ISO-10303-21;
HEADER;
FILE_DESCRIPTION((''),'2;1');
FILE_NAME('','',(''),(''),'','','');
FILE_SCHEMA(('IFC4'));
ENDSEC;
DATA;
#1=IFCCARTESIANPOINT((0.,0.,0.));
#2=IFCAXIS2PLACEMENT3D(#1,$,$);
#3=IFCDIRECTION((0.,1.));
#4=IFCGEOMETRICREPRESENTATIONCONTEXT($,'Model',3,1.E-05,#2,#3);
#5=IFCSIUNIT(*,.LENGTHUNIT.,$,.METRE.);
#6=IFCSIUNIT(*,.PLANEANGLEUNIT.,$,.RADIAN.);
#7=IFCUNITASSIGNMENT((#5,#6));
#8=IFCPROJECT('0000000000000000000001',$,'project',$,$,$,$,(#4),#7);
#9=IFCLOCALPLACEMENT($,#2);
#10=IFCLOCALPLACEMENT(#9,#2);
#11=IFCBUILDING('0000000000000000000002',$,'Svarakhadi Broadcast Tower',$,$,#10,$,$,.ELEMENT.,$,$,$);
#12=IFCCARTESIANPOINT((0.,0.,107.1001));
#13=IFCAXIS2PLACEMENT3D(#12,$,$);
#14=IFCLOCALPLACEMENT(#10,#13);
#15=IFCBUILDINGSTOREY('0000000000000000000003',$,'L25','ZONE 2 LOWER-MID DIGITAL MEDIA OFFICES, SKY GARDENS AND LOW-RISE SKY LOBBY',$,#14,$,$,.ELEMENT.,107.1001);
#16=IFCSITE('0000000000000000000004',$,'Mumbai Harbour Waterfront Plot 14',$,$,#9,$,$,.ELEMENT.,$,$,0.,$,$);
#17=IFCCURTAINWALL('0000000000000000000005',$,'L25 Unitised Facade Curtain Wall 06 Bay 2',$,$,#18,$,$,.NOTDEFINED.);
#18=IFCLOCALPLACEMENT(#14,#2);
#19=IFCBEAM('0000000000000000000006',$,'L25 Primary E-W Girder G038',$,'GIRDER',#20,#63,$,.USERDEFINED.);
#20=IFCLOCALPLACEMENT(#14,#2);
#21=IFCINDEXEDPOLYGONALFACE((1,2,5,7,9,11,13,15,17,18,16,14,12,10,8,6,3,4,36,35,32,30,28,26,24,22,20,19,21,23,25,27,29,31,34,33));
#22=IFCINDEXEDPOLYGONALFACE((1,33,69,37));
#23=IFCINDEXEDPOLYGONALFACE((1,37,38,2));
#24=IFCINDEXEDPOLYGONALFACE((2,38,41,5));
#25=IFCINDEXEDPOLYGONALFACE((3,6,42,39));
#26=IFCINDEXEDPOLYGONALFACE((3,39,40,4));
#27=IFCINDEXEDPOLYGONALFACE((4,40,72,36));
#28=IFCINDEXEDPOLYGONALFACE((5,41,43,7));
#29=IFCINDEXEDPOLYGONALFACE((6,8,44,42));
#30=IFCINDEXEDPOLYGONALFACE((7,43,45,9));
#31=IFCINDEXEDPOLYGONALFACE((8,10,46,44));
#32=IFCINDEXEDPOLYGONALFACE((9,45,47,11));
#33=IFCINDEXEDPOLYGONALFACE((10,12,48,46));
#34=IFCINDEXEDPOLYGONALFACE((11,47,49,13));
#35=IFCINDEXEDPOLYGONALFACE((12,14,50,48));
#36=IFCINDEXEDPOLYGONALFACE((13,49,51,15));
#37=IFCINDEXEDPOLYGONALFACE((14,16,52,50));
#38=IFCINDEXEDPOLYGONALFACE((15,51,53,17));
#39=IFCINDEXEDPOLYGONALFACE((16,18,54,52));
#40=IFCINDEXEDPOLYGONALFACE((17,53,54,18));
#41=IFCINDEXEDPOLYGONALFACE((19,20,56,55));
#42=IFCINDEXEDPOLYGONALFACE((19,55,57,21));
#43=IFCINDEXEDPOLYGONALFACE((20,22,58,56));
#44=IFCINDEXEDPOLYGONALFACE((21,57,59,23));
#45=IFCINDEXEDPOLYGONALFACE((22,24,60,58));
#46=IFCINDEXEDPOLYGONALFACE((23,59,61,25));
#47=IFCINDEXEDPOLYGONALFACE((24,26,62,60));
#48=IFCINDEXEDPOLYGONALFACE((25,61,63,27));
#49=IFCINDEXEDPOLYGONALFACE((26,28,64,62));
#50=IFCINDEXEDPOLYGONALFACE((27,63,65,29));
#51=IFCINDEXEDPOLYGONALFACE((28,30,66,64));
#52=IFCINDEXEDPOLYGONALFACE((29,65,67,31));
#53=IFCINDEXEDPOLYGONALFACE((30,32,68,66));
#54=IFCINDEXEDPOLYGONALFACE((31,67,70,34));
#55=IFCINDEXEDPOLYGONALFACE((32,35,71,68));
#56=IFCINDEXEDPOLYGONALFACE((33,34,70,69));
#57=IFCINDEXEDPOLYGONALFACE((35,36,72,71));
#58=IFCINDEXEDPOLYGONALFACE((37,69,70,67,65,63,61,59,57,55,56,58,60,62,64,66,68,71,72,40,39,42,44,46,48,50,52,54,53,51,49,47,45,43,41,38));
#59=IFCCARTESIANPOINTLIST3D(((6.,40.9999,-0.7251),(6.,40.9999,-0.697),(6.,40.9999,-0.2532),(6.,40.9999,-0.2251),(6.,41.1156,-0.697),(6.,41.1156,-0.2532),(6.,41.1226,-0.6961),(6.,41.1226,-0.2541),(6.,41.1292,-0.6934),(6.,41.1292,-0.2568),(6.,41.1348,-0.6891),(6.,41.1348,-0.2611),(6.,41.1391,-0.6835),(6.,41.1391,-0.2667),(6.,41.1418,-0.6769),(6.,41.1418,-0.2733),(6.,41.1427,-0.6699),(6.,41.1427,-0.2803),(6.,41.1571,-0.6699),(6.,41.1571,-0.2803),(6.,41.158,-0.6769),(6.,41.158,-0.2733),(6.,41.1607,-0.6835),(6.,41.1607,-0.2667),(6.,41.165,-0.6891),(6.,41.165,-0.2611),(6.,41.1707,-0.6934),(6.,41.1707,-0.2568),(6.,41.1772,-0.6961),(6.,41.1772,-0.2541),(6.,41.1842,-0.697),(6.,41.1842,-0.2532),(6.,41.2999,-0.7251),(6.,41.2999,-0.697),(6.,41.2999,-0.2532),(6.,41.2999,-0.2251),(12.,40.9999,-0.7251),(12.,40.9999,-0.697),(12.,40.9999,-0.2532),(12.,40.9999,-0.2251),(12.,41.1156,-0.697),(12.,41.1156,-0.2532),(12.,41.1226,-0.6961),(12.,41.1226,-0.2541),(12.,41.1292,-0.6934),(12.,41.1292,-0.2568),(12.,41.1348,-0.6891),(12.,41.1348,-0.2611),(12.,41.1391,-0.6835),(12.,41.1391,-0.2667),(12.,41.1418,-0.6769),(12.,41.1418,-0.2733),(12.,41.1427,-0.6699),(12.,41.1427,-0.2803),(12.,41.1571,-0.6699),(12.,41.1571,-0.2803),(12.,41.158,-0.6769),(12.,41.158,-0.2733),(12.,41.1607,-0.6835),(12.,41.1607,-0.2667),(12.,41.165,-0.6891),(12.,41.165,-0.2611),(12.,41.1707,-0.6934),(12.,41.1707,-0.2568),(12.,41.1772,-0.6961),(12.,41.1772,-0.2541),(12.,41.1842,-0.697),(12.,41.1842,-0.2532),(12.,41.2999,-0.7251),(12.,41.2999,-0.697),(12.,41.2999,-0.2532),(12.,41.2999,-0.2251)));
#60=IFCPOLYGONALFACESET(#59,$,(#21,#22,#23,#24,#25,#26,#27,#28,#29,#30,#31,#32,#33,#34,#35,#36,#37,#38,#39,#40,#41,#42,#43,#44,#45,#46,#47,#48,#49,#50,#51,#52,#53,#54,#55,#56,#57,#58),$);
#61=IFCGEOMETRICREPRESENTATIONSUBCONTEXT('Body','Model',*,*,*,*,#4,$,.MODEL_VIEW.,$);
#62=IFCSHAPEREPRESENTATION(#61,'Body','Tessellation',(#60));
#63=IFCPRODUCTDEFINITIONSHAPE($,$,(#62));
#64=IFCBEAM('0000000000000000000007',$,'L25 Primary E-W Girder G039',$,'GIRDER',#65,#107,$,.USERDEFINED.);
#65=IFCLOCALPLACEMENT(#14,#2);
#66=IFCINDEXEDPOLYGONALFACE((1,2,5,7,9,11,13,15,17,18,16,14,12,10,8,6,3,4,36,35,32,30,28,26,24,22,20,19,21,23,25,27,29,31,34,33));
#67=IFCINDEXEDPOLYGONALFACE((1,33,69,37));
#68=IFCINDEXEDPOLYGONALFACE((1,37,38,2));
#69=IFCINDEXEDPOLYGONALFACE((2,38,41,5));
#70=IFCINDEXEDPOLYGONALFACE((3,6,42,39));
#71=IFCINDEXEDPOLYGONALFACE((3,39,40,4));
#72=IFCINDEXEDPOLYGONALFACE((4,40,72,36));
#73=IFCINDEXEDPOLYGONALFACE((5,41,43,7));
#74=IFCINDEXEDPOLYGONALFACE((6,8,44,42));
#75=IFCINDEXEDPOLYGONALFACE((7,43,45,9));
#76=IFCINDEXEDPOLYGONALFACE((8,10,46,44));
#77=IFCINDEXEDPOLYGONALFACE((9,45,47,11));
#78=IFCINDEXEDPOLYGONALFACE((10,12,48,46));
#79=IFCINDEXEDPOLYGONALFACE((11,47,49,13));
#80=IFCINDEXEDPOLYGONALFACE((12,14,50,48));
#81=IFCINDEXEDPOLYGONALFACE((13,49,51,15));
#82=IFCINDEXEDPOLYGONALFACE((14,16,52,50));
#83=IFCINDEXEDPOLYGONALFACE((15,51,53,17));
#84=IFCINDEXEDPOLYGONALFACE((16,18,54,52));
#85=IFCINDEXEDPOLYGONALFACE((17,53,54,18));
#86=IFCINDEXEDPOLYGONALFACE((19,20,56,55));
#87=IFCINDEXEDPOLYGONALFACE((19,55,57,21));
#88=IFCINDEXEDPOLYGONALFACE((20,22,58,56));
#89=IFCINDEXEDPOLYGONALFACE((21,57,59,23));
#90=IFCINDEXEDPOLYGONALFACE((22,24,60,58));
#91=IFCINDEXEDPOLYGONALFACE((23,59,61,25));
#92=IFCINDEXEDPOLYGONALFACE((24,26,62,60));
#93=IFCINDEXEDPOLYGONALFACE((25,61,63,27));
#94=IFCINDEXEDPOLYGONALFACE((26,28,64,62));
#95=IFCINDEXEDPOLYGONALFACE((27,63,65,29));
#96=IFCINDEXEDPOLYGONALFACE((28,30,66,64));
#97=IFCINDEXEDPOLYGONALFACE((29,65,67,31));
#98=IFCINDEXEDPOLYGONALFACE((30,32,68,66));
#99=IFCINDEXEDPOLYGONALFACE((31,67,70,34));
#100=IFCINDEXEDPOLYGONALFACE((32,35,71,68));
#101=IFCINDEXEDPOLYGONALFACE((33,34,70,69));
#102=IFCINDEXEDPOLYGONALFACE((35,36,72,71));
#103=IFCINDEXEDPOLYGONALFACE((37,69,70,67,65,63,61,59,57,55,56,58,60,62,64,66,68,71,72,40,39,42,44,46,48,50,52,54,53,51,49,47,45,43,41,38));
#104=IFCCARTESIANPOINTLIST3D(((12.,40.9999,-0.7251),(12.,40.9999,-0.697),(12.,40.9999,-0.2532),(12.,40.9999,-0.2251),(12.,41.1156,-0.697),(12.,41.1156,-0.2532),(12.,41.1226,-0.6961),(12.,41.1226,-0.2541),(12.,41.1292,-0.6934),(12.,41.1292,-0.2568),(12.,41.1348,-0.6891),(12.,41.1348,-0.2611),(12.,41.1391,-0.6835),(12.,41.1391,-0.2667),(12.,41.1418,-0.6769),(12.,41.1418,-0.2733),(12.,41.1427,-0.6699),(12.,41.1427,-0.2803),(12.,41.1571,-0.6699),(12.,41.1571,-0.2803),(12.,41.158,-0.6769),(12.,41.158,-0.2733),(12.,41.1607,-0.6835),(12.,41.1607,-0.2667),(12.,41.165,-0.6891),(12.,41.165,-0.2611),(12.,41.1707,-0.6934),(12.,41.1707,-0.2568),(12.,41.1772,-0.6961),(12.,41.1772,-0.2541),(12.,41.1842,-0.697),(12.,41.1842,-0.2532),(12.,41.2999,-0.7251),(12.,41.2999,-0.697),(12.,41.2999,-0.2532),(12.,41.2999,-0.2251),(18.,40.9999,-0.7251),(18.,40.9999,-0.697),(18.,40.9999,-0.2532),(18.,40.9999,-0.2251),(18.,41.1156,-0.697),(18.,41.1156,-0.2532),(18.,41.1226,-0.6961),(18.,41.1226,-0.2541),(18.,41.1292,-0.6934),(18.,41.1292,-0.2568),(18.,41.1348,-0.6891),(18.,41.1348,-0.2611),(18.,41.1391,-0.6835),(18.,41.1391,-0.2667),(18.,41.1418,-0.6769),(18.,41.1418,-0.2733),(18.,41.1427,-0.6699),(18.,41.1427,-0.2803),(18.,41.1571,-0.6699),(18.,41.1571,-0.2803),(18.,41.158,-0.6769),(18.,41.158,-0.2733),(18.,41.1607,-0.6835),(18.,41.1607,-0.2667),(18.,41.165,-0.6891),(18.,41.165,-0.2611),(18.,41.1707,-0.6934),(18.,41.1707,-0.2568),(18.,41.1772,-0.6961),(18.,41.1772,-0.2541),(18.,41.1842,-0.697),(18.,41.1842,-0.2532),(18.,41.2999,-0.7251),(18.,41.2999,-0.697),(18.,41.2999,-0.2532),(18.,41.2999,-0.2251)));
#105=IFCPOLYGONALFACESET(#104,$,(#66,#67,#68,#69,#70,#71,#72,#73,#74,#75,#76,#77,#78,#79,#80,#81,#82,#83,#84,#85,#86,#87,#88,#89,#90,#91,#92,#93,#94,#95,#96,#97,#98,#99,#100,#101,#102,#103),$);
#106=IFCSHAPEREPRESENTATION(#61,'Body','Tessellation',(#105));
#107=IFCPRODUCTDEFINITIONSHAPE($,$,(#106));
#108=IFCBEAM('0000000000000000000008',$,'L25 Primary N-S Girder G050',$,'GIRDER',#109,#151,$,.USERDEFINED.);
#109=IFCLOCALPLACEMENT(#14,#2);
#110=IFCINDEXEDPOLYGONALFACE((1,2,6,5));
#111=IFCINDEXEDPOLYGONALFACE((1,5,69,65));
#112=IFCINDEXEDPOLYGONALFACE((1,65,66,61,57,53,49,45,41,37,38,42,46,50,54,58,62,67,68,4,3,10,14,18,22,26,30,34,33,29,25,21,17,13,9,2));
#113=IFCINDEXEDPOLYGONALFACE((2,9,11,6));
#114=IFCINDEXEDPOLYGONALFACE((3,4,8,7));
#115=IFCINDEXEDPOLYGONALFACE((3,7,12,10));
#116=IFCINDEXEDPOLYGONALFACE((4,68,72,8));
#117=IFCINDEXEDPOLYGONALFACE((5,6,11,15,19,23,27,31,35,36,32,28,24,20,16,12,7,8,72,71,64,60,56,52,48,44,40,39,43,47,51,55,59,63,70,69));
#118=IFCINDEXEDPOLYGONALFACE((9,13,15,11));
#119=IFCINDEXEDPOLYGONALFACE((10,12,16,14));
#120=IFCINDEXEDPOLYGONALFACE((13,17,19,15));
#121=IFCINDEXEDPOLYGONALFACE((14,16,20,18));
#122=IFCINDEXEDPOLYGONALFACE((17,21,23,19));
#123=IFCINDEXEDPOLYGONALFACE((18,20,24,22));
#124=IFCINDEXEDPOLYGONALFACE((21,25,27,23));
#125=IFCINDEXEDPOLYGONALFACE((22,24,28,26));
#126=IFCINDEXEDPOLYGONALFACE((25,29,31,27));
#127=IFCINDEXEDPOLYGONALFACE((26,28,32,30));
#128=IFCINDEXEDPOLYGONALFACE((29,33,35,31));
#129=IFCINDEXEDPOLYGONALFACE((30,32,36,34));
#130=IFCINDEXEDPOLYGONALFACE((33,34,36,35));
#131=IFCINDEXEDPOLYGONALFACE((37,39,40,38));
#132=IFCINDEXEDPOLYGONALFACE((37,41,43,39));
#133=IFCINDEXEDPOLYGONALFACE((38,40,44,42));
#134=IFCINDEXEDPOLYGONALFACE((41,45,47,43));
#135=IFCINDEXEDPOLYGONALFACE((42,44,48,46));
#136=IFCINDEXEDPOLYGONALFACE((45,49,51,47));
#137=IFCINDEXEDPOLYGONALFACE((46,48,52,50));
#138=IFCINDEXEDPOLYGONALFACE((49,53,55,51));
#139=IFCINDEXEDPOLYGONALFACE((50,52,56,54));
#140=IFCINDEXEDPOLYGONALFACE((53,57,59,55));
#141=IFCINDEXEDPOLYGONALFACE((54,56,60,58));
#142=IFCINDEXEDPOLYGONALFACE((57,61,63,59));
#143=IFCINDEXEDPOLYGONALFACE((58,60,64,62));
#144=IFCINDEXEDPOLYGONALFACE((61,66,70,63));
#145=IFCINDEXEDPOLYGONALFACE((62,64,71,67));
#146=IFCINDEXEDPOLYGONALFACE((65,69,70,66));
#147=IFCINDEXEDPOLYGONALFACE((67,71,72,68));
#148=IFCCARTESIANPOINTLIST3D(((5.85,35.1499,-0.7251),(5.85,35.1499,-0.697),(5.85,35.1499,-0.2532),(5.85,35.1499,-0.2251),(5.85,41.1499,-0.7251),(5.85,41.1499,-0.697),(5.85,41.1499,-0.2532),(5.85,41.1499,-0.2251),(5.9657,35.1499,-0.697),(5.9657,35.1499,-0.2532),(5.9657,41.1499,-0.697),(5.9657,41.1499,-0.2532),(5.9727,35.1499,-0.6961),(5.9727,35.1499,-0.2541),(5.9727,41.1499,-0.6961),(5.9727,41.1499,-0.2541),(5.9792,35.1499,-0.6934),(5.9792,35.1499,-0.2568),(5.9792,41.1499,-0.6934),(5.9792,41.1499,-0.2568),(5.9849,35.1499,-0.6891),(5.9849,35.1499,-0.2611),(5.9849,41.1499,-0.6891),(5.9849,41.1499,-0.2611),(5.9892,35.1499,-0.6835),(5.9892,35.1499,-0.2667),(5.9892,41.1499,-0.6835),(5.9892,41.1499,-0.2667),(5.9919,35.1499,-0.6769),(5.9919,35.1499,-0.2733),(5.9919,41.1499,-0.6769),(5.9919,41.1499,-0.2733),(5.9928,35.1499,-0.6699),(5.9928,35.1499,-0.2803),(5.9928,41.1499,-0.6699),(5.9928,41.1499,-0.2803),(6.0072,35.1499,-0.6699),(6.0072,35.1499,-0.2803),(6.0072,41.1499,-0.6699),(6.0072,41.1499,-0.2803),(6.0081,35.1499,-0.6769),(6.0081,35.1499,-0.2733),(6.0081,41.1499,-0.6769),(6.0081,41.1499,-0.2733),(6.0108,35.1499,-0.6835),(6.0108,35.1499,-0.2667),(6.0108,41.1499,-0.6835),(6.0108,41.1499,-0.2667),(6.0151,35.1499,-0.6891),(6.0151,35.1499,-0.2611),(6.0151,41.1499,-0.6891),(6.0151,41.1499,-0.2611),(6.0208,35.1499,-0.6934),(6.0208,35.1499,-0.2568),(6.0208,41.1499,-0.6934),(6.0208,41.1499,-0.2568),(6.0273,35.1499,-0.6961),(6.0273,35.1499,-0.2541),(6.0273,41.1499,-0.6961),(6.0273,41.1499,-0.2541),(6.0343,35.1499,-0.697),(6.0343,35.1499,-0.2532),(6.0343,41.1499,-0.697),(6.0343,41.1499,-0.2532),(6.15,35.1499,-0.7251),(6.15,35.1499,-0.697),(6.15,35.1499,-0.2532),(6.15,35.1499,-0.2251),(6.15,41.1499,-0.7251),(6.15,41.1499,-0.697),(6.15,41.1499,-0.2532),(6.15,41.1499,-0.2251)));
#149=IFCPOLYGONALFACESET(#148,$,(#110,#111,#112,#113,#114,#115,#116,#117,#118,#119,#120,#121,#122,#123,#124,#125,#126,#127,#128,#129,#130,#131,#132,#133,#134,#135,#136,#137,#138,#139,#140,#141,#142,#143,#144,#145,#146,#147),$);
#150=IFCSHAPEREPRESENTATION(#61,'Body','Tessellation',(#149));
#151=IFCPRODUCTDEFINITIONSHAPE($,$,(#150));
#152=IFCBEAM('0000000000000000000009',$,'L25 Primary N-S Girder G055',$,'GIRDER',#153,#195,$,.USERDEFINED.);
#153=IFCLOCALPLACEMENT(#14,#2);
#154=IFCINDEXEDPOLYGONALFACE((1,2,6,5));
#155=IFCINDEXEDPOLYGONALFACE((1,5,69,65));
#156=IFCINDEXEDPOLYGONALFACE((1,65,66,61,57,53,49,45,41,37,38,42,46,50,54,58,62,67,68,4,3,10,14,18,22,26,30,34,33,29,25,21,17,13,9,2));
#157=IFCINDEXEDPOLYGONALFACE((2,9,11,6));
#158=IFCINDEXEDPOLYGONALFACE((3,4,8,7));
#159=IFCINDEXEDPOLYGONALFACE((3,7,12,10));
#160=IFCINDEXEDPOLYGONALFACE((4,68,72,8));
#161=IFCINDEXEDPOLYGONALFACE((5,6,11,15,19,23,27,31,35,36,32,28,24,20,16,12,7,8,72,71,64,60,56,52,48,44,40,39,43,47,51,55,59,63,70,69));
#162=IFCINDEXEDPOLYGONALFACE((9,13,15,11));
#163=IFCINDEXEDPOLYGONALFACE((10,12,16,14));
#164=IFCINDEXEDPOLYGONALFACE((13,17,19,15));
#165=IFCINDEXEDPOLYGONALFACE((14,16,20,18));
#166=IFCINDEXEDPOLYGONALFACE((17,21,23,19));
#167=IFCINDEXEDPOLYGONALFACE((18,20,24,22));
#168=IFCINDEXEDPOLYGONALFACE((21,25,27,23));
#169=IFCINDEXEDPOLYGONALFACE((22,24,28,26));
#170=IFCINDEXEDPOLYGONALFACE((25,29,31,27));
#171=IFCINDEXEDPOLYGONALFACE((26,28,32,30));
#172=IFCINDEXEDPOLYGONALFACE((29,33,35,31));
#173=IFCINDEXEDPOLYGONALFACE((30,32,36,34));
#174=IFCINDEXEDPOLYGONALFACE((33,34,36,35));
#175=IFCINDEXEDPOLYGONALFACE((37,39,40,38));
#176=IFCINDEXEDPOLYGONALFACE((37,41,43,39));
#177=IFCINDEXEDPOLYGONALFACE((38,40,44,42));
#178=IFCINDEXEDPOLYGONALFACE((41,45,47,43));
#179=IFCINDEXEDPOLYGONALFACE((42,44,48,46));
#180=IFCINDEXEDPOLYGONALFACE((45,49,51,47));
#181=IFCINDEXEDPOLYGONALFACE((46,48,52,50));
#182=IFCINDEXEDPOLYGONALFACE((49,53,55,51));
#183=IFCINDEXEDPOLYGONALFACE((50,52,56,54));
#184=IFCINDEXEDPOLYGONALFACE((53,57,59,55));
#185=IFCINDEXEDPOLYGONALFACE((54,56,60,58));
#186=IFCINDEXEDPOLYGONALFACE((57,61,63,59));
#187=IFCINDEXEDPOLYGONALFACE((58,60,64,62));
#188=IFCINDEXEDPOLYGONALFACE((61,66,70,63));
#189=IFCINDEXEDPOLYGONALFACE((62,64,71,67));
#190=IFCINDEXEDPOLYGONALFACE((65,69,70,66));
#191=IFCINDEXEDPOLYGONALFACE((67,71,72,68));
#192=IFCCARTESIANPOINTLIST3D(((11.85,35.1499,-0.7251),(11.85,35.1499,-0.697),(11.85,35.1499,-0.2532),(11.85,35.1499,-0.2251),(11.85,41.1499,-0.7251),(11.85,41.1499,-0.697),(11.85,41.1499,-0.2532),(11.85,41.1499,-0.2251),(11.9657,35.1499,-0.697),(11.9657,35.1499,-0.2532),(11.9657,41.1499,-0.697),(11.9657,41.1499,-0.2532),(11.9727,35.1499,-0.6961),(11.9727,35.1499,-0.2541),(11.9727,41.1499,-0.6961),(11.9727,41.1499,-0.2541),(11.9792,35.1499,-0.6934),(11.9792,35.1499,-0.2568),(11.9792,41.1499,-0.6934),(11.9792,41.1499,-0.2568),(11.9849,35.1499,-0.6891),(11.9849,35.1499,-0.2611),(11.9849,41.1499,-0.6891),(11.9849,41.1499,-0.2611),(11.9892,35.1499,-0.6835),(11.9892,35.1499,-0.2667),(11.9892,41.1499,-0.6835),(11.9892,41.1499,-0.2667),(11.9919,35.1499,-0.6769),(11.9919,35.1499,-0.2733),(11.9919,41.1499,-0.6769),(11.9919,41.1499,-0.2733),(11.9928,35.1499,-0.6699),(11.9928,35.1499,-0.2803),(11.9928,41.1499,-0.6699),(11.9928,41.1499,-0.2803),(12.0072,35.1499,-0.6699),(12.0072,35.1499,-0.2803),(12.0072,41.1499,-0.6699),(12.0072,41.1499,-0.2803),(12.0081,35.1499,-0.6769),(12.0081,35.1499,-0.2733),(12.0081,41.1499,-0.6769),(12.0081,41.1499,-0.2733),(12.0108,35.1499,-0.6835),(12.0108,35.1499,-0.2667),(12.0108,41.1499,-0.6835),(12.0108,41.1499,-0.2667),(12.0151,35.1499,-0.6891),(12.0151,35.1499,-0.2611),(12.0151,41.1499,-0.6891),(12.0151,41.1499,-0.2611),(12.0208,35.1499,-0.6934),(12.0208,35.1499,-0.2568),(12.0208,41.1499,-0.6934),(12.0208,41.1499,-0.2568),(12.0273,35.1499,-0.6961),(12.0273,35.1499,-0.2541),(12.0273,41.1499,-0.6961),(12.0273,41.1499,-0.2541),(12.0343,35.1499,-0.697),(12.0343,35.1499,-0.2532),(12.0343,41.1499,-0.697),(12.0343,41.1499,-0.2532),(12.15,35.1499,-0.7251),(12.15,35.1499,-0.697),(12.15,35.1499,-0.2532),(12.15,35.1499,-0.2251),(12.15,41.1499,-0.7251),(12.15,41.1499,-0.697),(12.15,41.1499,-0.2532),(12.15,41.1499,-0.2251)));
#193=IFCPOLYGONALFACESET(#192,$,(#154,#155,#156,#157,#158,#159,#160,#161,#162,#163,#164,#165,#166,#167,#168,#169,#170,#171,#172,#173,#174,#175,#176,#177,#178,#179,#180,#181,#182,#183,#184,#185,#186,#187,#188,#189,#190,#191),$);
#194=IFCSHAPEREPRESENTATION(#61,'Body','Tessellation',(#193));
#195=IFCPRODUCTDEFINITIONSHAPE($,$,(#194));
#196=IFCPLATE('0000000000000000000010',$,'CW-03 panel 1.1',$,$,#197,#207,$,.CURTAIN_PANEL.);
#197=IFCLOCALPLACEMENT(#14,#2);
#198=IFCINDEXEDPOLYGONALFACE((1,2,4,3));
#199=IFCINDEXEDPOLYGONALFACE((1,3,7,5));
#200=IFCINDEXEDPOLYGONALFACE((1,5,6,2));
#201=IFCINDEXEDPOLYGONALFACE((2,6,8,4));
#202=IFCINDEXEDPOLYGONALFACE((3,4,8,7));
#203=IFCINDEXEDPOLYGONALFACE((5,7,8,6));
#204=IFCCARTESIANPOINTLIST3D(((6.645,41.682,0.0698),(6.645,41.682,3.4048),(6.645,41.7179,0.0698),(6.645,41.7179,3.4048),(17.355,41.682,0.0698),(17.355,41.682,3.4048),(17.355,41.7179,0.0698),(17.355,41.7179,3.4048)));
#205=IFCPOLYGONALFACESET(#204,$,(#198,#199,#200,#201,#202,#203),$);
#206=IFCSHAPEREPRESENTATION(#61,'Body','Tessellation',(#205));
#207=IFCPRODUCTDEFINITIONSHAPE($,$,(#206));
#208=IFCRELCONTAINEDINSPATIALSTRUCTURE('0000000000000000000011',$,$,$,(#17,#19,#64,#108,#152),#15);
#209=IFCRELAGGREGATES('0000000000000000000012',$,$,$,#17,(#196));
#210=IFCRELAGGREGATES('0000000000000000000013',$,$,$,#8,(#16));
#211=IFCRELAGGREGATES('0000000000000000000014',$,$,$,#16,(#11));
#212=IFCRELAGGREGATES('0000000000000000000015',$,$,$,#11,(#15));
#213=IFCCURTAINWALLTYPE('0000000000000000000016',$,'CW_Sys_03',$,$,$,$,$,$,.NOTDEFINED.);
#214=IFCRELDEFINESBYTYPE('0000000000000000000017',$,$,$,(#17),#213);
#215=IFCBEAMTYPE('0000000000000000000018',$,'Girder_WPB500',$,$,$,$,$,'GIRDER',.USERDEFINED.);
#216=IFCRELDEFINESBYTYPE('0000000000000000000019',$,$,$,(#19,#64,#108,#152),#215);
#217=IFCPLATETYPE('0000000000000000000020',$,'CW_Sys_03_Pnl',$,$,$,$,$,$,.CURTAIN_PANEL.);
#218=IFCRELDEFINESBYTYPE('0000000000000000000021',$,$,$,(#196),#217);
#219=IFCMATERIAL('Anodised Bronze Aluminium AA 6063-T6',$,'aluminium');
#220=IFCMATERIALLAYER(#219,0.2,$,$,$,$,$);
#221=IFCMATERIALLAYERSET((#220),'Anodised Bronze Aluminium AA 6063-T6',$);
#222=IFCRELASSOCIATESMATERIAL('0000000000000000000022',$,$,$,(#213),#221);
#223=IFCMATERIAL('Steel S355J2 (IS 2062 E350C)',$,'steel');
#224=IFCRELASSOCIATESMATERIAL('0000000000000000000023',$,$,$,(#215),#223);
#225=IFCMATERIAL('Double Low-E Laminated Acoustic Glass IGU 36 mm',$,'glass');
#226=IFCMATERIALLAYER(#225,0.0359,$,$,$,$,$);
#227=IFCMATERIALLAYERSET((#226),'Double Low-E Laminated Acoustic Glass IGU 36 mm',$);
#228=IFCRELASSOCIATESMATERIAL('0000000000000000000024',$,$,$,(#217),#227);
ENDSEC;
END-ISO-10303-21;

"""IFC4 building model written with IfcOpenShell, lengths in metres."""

from ifc_helpers import new_model, si_unit, direction, frame, origin, origin_2d, place, context, subcontext, project, spatial, rectangle, i_section, extrude, material, layer, layer_set, material_profile, profile_set, type_object, element, aggregate, save


model = new_model("IFC4")

# Units and contexts
model_context = context("Model", 3, precision=1e-05, world=origin(), true_north=direction((0.0, 1.0)))
body_context = subcontext(model_context, "Body", "Model", "MODEL_VIEW")
ifc_project = project(units=[si_unit("LENGTHUNIT", "METRE"), si_unit("PLANEANGLEUNIT", "RADIAN")], contexts=[model_context])

# Site, building, storey
site_placement = place(None, origin())
site = spatial("IfcSite", under=ifc_project, at=site_placement, Name="Mumbai Harbour Waterfront Plot 14", CompositionType="ELEMENT", RefElevation=0.0)
building_placement = place(site_placement, origin())
building = spatial("IfcBuilding", under=site, at=building_placement, Name="Svarakhadi Broadcast Tower", CompositionType="ELEMENT")
storey_placement = place(building_placement, frame((0.0, 0.0, 107.1001)))
storey = spatial("IfcBuildingStorey", under=building, at=storey_placement, Name="L25", Description="ZONE 2 LOWER-MID DIGITAL MEDIA OFFICES, SKY GARDENS AND LOW-RISE SKY LOBBY", CompositionType="ELEMENT", Elevation=107.1001)

# Shared definitions
ifc_material_1 = material(Name="Steel S355J2 (IS 2062 E350C)", Category="steel")

# Curtain wall
ifc_material_2 = material(Name="Anodised Bronze Aluminium AA 6063-T6", Category="aluminium")
ifc_layer_1 = layer(ifc_material_2, 0.2)
ifc_layer_set_1 = layer_set([ifc_layer_1], Name="Anodised Bronze Aluminium AA 6063-T6")
curtain_wall_type = type_object("IfcCurtainWallType", Name="CW_Sys_03", PredefinedType="NOTDEFINED", material=ifc_layer_set_1)
curtain_wall_placement = place(storey_placement, origin())
curtain_wall = element("IfcCurtainWall", 1, at=curtain_wall_placement, inside=storey, type_object=curtain_wall_type, Name="L25 Unitised Facade Curtain Wall 06 Bay 2", PredefinedType="NOTDEFINED")

# Beams
ifc_material_profile_1 = material_profile(ifc_material_1, i_section(OverallWidth=0.3, OverallDepth=0.5, WebThickness=0.0144, FlangeThickness=0.0281, FilletRadius=0.0271, at=origin_2d()), Name="WPB 500x300x187")
ifc_profile_set_1 = profile_set([ifc_material_profile_1], Name="Steel S355J2 (IS 2062 E350C)")
beam_type_1 = type_object("IfcBeamType", Name="Girder_WPB500", ElementType="GIRDER", PredefinedType="USERDEFINED", material=ifc_profile_set_1)
for number, where, z_axis, x_axis, name in (
    (2, (6.0, 41.1499, -0.4751), (1.0, 0.0, 0.0), (0.0, 1.0, 0.0), "L25 Primary E-W Girder G038"),
    (3, (12.0, 41.1499, -0.4751), (1.0, 0.0, 0.0), (0.0, 1.0, 0.0), "L25 Primary E-W Girder G039"),
    (4, (6.0, 35.1499, -0.4751), (0.0, 1.0, 0.0), (-1.0, 0.0, 0.0), "L25 Primary N-S Girder G050"),
    (5, (12.0, 35.1499, -0.4751), (0.0, 1.0, 0.0), (-1.0, 0.0, 0.0), "L25 Primary N-S Girder G055"),
):
    element("IfcBeam", number, at=place(storey_placement, frame(where, z_axis=z_axis, x_axis=x_axis)), inside=storey, type_object=beam_type_1, Name=name, ObjectType="GIRDER", PredefinedType="USERDEFINED", context=body_context, shape_type="SweptSolid", body=[
        extrude(i_section(OverallWidth=0.3, OverallDepth=0.5, WebThickness=0.0144, FlangeThickness=0.0281, FilletRadius=0.0271, at=origin_2d()), origin(), (0.0, 0.0, 1.0), 6.0),
    ])

# Plate
ifc_material_3 = material(Name="Double Low-E Laminated Acoustic Glass IGU 36 mm", Category="glass")
ifc_layer_2 = layer(ifc_material_3, 0.0359)
ifc_layer_set_2 = layer_set([ifc_layer_2], Name="Double Low-E Laminated Acoustic Glass IGU 36 mm")
plate_type_1 = type_object("IfcPlateType", Name="CW_Sys_03_Pnl", PredefinedType="CURTAIN_PANEL", material=ifc_layer_set_2)
plate_1_placement = place(storey_placement, frame((12.0, 41.7, 0.0698), z_axis=(0.0, 0.0, 1.0), x_axis=(1.0, 0.0, 0.0)))
plate_1 = element("IfcPlate", 6, at=plate_1_placement, type_object=plate_type_1, Name="CW-03 panel 1.1", PredefinedType="CURTAIN_PANEL", context=body_context, shape_type="SweptSolid", body=[
    extrude(rectangle(XDim=10.71, YDim=0.0359, at=origin_2d()), origin(), (0.0, 0.0, 1.0), 3.335),
])
aggregate(curtain_wall, [plate_1])

save(model, "model.ifc")
